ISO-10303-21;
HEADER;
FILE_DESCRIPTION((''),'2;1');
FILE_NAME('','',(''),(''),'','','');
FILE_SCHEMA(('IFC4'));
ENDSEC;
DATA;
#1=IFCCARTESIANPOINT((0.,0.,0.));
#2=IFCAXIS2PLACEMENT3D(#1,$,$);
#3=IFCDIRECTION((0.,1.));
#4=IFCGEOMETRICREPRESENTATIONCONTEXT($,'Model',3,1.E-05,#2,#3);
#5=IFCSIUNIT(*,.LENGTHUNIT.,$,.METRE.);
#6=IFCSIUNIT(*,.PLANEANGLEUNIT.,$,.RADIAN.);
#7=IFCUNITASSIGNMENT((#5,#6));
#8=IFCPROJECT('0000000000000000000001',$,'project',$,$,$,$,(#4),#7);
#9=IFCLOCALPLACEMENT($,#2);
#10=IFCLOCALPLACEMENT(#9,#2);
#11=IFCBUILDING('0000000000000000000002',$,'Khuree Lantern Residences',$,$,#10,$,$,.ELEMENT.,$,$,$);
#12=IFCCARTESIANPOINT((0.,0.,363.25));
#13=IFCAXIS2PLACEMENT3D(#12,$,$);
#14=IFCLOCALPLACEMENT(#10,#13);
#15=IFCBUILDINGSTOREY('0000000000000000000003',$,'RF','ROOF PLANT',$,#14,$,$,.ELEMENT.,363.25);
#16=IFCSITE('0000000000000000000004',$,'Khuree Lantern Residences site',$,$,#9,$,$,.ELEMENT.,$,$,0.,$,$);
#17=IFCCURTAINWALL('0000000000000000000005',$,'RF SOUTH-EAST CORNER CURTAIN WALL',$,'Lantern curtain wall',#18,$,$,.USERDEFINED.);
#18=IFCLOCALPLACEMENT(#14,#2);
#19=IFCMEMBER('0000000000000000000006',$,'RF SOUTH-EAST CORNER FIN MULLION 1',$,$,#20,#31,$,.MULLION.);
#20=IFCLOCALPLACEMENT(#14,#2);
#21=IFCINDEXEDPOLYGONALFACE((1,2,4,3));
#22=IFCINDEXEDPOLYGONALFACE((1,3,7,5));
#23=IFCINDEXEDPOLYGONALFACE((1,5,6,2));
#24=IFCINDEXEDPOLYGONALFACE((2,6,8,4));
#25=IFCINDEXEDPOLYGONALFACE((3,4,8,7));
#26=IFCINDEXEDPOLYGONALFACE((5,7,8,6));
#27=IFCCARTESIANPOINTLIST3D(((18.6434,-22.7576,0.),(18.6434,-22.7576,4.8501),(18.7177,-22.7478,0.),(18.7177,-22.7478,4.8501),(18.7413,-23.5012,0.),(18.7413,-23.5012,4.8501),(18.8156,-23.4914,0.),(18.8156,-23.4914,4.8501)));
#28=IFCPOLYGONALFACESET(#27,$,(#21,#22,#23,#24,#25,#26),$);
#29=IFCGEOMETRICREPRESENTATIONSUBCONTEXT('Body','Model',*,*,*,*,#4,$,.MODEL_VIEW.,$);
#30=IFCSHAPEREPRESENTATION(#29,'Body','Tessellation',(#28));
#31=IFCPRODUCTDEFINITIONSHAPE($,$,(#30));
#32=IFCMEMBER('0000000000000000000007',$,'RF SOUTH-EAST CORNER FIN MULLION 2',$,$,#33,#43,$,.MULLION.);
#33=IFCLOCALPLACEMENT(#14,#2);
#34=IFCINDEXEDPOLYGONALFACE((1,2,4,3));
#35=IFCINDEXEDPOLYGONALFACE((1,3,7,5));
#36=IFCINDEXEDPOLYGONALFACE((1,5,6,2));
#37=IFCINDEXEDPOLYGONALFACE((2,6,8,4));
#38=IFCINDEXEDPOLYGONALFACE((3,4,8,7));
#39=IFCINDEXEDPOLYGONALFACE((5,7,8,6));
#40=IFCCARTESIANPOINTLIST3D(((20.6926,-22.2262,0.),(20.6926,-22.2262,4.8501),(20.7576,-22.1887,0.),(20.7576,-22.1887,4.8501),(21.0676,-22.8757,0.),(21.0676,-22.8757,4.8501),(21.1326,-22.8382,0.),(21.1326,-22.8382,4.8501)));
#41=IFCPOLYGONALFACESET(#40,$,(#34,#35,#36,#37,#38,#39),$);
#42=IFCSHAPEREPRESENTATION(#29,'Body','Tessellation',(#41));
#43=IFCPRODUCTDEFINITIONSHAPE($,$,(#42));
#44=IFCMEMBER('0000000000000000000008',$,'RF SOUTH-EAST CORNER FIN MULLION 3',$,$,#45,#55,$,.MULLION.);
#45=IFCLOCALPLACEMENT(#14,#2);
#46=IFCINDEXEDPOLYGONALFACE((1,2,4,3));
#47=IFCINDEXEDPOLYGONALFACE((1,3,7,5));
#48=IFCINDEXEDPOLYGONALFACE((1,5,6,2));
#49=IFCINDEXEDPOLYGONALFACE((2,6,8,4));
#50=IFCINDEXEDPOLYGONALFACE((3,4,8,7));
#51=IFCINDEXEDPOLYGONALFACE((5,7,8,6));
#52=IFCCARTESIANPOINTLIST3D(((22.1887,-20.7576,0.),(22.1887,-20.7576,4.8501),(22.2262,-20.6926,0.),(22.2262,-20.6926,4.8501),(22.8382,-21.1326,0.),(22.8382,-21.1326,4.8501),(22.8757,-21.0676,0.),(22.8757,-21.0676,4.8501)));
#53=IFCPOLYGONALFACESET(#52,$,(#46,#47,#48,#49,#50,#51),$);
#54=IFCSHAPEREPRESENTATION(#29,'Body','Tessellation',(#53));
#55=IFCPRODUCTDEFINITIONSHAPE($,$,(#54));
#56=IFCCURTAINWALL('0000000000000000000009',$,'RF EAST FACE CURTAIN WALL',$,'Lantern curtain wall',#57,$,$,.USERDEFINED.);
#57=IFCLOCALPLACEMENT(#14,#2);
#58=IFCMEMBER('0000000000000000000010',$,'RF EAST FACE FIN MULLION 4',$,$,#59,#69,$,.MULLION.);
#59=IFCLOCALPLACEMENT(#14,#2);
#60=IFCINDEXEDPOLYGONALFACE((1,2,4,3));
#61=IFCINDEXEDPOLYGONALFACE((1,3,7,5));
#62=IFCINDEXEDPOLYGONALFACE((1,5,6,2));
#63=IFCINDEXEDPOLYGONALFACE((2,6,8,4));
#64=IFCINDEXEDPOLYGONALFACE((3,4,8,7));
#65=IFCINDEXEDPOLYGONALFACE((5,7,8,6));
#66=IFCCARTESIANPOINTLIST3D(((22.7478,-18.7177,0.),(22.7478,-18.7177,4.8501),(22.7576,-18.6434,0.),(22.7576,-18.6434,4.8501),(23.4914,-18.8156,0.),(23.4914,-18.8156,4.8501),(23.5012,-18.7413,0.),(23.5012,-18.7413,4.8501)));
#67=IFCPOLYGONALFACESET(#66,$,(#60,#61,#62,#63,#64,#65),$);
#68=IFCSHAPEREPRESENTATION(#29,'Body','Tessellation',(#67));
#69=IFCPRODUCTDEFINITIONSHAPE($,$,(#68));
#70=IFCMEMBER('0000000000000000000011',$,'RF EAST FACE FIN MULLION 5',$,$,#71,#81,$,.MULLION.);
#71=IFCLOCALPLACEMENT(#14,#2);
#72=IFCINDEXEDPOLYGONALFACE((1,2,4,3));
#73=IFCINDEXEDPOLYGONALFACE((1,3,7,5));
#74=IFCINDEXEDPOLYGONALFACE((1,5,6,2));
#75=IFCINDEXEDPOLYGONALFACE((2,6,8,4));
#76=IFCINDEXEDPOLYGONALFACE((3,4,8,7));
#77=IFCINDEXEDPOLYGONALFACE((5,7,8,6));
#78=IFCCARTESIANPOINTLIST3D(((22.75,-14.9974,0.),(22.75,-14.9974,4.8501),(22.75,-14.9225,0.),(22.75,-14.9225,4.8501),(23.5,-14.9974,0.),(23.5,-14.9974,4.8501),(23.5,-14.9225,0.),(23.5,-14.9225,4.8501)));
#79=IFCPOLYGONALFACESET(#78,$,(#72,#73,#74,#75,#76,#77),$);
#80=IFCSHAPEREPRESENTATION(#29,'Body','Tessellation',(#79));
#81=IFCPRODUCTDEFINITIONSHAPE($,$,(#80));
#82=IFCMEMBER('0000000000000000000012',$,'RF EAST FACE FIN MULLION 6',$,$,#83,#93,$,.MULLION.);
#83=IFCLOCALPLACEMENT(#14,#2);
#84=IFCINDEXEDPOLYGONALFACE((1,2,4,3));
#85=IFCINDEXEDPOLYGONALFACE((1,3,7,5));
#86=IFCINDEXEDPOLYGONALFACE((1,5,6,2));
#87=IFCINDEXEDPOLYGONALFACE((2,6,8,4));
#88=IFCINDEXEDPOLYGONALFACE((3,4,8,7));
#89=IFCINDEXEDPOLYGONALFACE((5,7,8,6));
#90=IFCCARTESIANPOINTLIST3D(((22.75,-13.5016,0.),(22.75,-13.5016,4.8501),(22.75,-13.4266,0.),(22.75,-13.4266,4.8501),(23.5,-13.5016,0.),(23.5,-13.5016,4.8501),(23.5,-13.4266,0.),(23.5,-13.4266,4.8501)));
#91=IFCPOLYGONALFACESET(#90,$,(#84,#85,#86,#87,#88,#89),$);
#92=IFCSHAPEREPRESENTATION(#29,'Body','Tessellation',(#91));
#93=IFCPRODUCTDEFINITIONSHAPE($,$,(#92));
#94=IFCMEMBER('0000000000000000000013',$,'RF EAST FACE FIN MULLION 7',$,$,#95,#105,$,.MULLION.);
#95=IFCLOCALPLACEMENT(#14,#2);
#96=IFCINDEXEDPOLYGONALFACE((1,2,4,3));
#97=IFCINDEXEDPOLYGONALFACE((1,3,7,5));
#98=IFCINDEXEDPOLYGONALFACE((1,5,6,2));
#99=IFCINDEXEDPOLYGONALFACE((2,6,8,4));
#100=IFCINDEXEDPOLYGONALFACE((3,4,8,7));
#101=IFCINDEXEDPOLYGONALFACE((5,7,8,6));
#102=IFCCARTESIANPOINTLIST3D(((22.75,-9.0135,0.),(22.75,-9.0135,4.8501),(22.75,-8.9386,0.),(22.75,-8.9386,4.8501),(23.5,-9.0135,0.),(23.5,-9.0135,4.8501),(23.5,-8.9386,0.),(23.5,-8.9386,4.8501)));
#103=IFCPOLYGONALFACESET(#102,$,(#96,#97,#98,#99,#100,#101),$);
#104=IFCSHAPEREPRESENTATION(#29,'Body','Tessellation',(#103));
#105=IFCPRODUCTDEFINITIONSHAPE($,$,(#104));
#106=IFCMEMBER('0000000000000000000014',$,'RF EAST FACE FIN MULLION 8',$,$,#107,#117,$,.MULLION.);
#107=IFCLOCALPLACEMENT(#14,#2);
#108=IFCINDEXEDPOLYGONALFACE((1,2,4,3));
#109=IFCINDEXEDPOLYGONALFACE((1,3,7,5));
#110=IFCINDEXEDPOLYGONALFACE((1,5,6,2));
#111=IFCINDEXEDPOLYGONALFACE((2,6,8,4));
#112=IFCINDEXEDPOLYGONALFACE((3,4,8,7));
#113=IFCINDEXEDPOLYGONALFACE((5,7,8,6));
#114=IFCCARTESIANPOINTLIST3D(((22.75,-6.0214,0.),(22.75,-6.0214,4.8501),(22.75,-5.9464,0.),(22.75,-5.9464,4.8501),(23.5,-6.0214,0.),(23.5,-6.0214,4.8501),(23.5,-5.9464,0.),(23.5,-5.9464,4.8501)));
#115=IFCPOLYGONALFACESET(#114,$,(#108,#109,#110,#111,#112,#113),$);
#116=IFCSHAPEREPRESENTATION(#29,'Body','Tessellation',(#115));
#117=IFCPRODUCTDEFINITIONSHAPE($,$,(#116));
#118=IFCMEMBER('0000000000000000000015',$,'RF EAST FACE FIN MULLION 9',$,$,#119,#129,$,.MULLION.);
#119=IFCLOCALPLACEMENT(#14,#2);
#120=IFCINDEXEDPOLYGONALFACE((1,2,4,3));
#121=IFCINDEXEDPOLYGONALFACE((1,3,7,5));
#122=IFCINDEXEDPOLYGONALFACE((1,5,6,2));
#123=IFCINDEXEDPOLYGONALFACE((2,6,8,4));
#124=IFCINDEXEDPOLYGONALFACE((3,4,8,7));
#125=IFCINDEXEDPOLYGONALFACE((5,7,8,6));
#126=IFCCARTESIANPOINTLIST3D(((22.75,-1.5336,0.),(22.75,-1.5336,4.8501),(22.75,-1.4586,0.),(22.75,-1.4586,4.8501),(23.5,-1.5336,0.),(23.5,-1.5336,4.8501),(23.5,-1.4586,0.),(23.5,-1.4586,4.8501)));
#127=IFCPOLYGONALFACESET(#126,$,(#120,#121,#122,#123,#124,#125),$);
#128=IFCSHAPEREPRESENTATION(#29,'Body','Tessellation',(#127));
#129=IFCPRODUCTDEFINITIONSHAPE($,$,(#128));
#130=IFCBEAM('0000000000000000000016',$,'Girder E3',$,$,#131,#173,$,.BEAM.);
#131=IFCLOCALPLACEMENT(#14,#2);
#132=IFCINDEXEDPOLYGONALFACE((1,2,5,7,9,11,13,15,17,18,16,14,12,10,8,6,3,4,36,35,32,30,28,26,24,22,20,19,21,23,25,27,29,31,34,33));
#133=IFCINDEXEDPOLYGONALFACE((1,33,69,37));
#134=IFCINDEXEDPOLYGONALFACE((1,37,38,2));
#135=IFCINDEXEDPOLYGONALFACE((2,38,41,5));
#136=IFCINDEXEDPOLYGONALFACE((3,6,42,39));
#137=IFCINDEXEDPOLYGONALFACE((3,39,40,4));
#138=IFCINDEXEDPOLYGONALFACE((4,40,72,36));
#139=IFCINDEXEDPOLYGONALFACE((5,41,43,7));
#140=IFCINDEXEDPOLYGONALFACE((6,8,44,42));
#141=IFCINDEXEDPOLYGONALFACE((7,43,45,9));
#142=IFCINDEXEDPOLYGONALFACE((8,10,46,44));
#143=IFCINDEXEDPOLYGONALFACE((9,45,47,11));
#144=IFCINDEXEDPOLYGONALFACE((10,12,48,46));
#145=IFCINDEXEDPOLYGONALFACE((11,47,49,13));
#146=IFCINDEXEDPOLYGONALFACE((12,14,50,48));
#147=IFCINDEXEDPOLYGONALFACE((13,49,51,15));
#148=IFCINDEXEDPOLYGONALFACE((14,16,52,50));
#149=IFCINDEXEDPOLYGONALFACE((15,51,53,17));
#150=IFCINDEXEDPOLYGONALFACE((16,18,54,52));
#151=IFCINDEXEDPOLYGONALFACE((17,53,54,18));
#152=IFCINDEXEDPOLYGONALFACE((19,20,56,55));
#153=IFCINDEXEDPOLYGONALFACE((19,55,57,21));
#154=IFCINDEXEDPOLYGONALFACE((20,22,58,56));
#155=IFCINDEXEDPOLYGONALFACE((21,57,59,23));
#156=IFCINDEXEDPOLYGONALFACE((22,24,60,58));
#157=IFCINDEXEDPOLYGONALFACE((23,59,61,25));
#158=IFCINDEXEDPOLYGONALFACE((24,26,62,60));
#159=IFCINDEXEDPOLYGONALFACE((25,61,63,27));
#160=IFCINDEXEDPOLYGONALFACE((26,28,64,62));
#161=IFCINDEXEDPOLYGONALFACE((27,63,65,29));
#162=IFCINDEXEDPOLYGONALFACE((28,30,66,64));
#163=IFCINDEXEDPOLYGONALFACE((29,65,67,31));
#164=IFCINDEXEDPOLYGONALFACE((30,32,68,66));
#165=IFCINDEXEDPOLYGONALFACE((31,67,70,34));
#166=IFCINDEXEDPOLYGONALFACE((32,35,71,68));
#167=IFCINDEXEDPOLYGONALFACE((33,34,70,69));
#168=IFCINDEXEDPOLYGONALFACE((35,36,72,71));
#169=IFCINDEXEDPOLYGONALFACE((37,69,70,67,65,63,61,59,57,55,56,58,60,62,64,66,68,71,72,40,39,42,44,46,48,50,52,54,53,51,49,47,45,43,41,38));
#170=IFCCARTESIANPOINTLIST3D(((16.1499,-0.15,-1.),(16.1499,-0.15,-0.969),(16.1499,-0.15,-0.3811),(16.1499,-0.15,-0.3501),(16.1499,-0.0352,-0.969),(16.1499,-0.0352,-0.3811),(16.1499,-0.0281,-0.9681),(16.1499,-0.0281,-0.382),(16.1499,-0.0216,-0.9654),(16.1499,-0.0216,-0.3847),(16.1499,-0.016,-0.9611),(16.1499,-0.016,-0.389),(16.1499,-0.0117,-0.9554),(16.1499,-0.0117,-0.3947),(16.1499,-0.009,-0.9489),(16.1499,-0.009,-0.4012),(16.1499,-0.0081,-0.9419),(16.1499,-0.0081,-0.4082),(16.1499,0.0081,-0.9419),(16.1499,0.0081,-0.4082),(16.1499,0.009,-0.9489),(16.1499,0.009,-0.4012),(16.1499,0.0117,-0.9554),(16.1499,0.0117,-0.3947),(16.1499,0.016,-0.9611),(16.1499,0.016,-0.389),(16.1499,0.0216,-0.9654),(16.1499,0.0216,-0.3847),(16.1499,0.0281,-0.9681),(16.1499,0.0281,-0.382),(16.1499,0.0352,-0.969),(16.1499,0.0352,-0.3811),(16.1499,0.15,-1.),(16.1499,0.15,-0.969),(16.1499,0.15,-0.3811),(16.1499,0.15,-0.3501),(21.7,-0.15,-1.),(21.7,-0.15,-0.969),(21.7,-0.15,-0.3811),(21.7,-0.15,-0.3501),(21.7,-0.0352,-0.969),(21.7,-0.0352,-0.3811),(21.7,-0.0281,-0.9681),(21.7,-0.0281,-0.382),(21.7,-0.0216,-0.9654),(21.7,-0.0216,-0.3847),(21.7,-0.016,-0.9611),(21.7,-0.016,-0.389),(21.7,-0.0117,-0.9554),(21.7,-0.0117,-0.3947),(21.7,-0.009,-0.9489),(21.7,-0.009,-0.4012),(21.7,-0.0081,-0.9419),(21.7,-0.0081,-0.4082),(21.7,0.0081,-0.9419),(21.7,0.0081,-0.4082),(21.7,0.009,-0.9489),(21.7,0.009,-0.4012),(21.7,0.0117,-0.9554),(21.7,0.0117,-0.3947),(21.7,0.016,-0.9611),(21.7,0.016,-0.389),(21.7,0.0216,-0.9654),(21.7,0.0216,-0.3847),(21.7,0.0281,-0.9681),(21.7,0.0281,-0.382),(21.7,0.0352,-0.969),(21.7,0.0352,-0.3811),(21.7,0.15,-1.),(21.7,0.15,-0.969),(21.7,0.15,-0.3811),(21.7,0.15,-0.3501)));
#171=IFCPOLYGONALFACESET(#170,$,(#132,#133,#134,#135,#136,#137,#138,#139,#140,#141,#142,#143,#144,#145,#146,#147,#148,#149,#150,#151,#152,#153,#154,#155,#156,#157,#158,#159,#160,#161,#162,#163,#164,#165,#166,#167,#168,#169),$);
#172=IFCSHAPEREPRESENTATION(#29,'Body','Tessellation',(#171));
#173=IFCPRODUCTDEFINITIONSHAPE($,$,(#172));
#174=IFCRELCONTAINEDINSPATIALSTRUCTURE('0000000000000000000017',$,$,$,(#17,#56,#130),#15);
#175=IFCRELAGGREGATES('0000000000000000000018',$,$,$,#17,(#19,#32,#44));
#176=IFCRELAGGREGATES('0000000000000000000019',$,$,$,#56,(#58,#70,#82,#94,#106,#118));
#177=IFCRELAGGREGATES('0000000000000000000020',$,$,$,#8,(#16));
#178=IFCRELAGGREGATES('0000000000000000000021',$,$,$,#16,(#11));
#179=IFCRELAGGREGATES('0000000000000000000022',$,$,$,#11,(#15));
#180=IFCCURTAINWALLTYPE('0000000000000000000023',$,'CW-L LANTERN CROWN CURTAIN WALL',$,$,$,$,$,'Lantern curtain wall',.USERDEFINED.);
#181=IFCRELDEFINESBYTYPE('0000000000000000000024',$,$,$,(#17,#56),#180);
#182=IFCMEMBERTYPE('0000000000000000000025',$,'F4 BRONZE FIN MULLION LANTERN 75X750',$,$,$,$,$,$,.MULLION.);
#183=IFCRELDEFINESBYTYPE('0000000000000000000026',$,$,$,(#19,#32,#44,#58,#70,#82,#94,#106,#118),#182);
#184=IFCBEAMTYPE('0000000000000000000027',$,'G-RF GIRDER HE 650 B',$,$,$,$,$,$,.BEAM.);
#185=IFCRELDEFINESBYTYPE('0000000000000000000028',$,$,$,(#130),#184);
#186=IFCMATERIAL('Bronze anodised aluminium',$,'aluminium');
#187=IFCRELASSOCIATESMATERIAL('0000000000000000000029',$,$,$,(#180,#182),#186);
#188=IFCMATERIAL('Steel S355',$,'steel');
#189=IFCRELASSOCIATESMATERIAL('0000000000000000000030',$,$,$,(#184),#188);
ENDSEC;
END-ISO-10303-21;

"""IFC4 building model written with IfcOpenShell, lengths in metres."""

from ifc_helpers import new_model, si_unit, direction, frame, origin, origin_2d, place, context, subcontext, project, spatial, rectangle, i_section, extrude, material, material_profile, profile_set, type_object, element, aggregate, save


model = new_model("IFC4")

# Units and contexts
model_context = context("Model", 3, precision=1e-05, world=origin(), true_north=direction((0.0, 1.0)))
body_context = subcontext(model_context, "Body", "Model", "MODEL_VIEW")
ifc_project = project(units=[si_unit("LENGTHUNIT", "METRE"), si_unit("PLANEANGLEUNIT", "RADIAN")], contexts=[model_context])

# Site, building, storey
site_placement = place(None, origin())
site = spatial("IfcSite", under=ifc_project, at=site_placement, Name="Khuree Lantern Residences site", CompositionType="ELEMENT", RefElevation=0.0)
building_placement = place(site_placement, origin())
building = spatial("IfcBuilding", under=site, at=building_placement, Name="Khuree Lantern Residences", CompositionType="ELEMENT")
storey_placement = place(building_placement, frame((0.0, 0.0, 363.25)))
storey = spatial("IfcBuildingStorey", under=building, at=storey_placement, Name="RF", Description="ROOF PLANT", CompositionType="ELEMENT", Elevation=363.25)

# Shared definitions
ifc_material_1 = material(Name="Steel S355", Category="steel")

# Curtain walls, members
ifc_material_2 = material(Name="Bronze anodised aluminium", Category="aluminium")
curtain_wall_type = type_object("IfcCurtainWallType", Name="CW-L LANTERN CROWN CURTAIN WALL", ElementType="Lantern curtain wall", PredefinedType="USERDEFINED", material=ifc_material_2)
curtain_wall_1_placement = place(storey_placement, origin())
curtain_wall_1 = element("IfcCurtainWall", 1, at=curtain_wall_1_placement, inside=storey, type_object=curtain_wall_type, Name="RF SOUTH-EAST CORNER CURTAIN WALL", ObjectType="Lantern curtain wall", PredefinedType="USERDEFINED")
ifc_material_profile_1 = material_profile(ifc_material_2, rectangle(XDim=0.075, YDim=0.75, at=origin_2d()), Name="F4 75X750")
ifc_profile_set_1 = profile_set([ifc_material_profile_1], Name="Bronze anodised aluminium")
member_type_1 = type_object("IfcMemberType", Name="F4 BRONZE FIN MULLION LANTERN 75X750", PredefinedType="MULLION", material=ifc_profile_set_1)
member_1_placement = place(storey_placement, frame((18.7295, -23.1245, 0.0), z_axis=(0.0, 0.0, 1.0), x_axis=(0.991445, 0.130526, 0.0)))
member_1 = element("IfcMember", 2, at=member_1_placement, type_object=member_type_1, Name="RF SOUTH-EAST CORNER FIN MULLION 1", PredefinedType="MULLION", context=body_context, shape_type="SweptSolid", body=[
    extrude(rectangle(XDim=0.075, YDim=0.75, at=origin_2d()), origin(), (0.0, 0.0, 1.0), 4.8501),
])
member_2_placement = place(storey_placement, frame((20.9126, -22.5322, 0.0), z_axis=(0.0, 0.0, 1.0), x_axis=(0.866025, 0.5, 0.0)))
member_2 = element("IfcMember", 3, at=member_2_placement, type_object=member_type_1, Name="RF SOUTH-EAST CORNER FIN MULLION 2", PredefinedType="MULLION", context=body_context, shape_type="SweptSolid", body=[
    extrude(rectangle(XDim=0.075, YDim=0.75, at=origin_2d()), origin(), (0.0, 0.0, 1.0), 4.8501),
])
member_3_placement = place(storey_placement, frame((22.5322, -20.9126, 0.0), z_axis=(0.0, 0.0, 1.0), x_axis=(0.5, 0.866025, 0.0)))
member_3 = element("IfcMember", 4, at=member_3_placement, type_object=member_type_1, Name="RF SOUTH-EAST CORNER FIN MULLION 3", PredefinedType="MULLION", context=body_context, shape_type="SweptSolid", body=[
    extrude(rectangle(XDim=0.075, YDim=0.75, at=origin_2d()), origin(), (0.0, 0.0, 1.0), 4.8501),
])
curtain_wall_2_placement = place(storey_placement, origin())
curtain_wall_2 = element("IfcCurtainWall", 5, at=curtain_wall_2_placement, inside=storey, type_object=curtain_wall_type, Name="RF EAST FACE CURTAIN WALL", ObjectType="Lantern curtain wall", PredefinedType="USERDEFINED")
member_4_placement = place(storey_placement, frame((23.1245, -18.7295, 0.0), z_axis=(0.0, 0.0, 1.0), x_axis=(0.130526, 0.991445, 0.0)))
member_4 = element("IfcMember", 6, at=member_4_placement, type_object=member_type_1, Name="RF EAST FACE FIN MULLION 4", PredefinedType="MULLION", context=body_context, shape_type="SweptSolid", body=[
    extrude(rectangle(XDim=0.075, YDim=0.75, at=origin_2d()), origin(), (0.0, 0.0, 1.0), 4.8501),
])
member_5_placement = place(storey_placement, frame((23.125, -14.96, 0.0), z_axis=(0.0, 0.0, 1.0), x_axis=(0.0, 1.0, 0.0)))
member_5 = element("IfcMember", 7, at=member_5_placement, type_object=member_type_1, Name="RF EAST FACE FIN MULLION 5", PredefinedType="MULLION", context=body_context, shape_type="SweptSolid", body=[
    extrude(rectangle(XDim=0.075, YDim=0.75, at=origin_2d()), origin(), (0.0, 0.0, 1.0), 4.8501),
])
member_6_placement = place(storey_placement, frame((23.125, -13.4641, 0.0), z_axis=(0.0, 0.0, 1.0), x_axis=(0.0, 1.0, 0.0)))
member_6 = element("IfcMember", 8, at=member_6_placement, type_object=member_type_1, Name="RF EAST FACE FIN MULLION 6", PredefinedType="MULLION", context=body_context, shape_type="SweptSolid", body=[
    extrude(rectangle(XDim=0.075, YDim=0.75, at=origin_2d()), origin(), (0.0, 0.0, 1.0), 4.8501),
])
member_7_placement = place(storey_placement, frame((23.125, -8.9761, 0.0), z_axis=(0.0, 0.0, 1.0), x_axis=(0.0, 1.0, 0.0)))
member_7 = element("IfcMember", 9, at=member_7_placement, type_object=member_type_1, Name="RF EAST FACE FIN MULLION 7", PredefinedType="MULLION", context=body_context, shape_type="SweptSolid", body=[
    extrude(rectangle(XDim=0.075, YDim=0.75, at=origin_2d()), origin(), (0.0, 0.0, 1.0), 4.8501),
])
member_8_placement = place(storey_placement, frame((23.125, -5.9839, 0.0), z_axis=(0.0, 0.0, 1.0), x_axis=(0.0, 1.0, 0.0)))
member_8 = element("IfcMember", 10, at=member_8_placement, type_object=member_type_1, Name="RF EAST FACE FIN MULLION 8", PredefinedType="MULLION", context=body_context, shape_type="SweptSolid", body=[
    extrude(rectangle(XDim=0.075, YDim=0.75, at=origin_2d()), origin(), (0.0, 0.0, 1.0), 4.8501),
])
member_9_placement = place(storey_placement, frame((23.125, -1.4961, 0.0), z_axis=(0.0, 0.0, 1.0), x_axis=(0.0, 1.0, 0.0)))
member_9 = element("IfcMember", 11, at=member_9_placement, type_object=member_type_1, Name="RF EAST FACE FIN MULLION 9", PredefinedType="MULLION", context=body_context, shape_type="SweptSolid", body=[
    extrude(rectangle(XDim=0.075, YDim=0.75, at=origin_2d()), origin(), (0.0, 0.0, 1.0), 4.8501),
])

# Beam
ifc_material_profile_2 = material_profile(ifc_material_1, i_section(OverallWidth=0.3, OverallDepth=0.6499, WebThickness=0.0161, FlangeThickness=0.031, FilletRadius=0.0271, at=origin_2d()), Name="HE 650 B")
ifc_profile_set_2 = profile_set([ifc_material_profile_2], Name="Steel S355")
beam_type_1 = type_object("IfcBeamType", Name="G-RF GIRDER HE 650 B", PredefinedType="BEAM", material=ifc_profile_set_2)
for number, where, z_axis, x_axis, name in (
    (12, (21.7, 0.0, -0.675), (-1.0, 0.0, 0.0), (0.0, -1.0, 0.0), "Girder E3"),
):
    element("IfcBeam", number, at=place(storey_placement, frame(where, z_axis=z_axis, x_axis=x_axis)), inside=storey, type_object=beam_type_1, Name=name, PredefinedType="BEAM", context=body_context, shape_type="SweptSolid", body=[
        extrude(i_section(OverallWidth=0.3, OverallDepth=0.6499, WebThickness=0.0161, FlangeThickness=0.031, FilletRadius=0.0271, at=origin_2d()), origin(), (0.0, 0.0, 1.0), 5.55),
    ])

aggregate(curtain_wall_1, [member_1, member_2, member_3])
aggregate(curtain_wall_2, [member_4, member_5, member_6, member_7, member_8, member_9])

save(model, "model.ifc")
